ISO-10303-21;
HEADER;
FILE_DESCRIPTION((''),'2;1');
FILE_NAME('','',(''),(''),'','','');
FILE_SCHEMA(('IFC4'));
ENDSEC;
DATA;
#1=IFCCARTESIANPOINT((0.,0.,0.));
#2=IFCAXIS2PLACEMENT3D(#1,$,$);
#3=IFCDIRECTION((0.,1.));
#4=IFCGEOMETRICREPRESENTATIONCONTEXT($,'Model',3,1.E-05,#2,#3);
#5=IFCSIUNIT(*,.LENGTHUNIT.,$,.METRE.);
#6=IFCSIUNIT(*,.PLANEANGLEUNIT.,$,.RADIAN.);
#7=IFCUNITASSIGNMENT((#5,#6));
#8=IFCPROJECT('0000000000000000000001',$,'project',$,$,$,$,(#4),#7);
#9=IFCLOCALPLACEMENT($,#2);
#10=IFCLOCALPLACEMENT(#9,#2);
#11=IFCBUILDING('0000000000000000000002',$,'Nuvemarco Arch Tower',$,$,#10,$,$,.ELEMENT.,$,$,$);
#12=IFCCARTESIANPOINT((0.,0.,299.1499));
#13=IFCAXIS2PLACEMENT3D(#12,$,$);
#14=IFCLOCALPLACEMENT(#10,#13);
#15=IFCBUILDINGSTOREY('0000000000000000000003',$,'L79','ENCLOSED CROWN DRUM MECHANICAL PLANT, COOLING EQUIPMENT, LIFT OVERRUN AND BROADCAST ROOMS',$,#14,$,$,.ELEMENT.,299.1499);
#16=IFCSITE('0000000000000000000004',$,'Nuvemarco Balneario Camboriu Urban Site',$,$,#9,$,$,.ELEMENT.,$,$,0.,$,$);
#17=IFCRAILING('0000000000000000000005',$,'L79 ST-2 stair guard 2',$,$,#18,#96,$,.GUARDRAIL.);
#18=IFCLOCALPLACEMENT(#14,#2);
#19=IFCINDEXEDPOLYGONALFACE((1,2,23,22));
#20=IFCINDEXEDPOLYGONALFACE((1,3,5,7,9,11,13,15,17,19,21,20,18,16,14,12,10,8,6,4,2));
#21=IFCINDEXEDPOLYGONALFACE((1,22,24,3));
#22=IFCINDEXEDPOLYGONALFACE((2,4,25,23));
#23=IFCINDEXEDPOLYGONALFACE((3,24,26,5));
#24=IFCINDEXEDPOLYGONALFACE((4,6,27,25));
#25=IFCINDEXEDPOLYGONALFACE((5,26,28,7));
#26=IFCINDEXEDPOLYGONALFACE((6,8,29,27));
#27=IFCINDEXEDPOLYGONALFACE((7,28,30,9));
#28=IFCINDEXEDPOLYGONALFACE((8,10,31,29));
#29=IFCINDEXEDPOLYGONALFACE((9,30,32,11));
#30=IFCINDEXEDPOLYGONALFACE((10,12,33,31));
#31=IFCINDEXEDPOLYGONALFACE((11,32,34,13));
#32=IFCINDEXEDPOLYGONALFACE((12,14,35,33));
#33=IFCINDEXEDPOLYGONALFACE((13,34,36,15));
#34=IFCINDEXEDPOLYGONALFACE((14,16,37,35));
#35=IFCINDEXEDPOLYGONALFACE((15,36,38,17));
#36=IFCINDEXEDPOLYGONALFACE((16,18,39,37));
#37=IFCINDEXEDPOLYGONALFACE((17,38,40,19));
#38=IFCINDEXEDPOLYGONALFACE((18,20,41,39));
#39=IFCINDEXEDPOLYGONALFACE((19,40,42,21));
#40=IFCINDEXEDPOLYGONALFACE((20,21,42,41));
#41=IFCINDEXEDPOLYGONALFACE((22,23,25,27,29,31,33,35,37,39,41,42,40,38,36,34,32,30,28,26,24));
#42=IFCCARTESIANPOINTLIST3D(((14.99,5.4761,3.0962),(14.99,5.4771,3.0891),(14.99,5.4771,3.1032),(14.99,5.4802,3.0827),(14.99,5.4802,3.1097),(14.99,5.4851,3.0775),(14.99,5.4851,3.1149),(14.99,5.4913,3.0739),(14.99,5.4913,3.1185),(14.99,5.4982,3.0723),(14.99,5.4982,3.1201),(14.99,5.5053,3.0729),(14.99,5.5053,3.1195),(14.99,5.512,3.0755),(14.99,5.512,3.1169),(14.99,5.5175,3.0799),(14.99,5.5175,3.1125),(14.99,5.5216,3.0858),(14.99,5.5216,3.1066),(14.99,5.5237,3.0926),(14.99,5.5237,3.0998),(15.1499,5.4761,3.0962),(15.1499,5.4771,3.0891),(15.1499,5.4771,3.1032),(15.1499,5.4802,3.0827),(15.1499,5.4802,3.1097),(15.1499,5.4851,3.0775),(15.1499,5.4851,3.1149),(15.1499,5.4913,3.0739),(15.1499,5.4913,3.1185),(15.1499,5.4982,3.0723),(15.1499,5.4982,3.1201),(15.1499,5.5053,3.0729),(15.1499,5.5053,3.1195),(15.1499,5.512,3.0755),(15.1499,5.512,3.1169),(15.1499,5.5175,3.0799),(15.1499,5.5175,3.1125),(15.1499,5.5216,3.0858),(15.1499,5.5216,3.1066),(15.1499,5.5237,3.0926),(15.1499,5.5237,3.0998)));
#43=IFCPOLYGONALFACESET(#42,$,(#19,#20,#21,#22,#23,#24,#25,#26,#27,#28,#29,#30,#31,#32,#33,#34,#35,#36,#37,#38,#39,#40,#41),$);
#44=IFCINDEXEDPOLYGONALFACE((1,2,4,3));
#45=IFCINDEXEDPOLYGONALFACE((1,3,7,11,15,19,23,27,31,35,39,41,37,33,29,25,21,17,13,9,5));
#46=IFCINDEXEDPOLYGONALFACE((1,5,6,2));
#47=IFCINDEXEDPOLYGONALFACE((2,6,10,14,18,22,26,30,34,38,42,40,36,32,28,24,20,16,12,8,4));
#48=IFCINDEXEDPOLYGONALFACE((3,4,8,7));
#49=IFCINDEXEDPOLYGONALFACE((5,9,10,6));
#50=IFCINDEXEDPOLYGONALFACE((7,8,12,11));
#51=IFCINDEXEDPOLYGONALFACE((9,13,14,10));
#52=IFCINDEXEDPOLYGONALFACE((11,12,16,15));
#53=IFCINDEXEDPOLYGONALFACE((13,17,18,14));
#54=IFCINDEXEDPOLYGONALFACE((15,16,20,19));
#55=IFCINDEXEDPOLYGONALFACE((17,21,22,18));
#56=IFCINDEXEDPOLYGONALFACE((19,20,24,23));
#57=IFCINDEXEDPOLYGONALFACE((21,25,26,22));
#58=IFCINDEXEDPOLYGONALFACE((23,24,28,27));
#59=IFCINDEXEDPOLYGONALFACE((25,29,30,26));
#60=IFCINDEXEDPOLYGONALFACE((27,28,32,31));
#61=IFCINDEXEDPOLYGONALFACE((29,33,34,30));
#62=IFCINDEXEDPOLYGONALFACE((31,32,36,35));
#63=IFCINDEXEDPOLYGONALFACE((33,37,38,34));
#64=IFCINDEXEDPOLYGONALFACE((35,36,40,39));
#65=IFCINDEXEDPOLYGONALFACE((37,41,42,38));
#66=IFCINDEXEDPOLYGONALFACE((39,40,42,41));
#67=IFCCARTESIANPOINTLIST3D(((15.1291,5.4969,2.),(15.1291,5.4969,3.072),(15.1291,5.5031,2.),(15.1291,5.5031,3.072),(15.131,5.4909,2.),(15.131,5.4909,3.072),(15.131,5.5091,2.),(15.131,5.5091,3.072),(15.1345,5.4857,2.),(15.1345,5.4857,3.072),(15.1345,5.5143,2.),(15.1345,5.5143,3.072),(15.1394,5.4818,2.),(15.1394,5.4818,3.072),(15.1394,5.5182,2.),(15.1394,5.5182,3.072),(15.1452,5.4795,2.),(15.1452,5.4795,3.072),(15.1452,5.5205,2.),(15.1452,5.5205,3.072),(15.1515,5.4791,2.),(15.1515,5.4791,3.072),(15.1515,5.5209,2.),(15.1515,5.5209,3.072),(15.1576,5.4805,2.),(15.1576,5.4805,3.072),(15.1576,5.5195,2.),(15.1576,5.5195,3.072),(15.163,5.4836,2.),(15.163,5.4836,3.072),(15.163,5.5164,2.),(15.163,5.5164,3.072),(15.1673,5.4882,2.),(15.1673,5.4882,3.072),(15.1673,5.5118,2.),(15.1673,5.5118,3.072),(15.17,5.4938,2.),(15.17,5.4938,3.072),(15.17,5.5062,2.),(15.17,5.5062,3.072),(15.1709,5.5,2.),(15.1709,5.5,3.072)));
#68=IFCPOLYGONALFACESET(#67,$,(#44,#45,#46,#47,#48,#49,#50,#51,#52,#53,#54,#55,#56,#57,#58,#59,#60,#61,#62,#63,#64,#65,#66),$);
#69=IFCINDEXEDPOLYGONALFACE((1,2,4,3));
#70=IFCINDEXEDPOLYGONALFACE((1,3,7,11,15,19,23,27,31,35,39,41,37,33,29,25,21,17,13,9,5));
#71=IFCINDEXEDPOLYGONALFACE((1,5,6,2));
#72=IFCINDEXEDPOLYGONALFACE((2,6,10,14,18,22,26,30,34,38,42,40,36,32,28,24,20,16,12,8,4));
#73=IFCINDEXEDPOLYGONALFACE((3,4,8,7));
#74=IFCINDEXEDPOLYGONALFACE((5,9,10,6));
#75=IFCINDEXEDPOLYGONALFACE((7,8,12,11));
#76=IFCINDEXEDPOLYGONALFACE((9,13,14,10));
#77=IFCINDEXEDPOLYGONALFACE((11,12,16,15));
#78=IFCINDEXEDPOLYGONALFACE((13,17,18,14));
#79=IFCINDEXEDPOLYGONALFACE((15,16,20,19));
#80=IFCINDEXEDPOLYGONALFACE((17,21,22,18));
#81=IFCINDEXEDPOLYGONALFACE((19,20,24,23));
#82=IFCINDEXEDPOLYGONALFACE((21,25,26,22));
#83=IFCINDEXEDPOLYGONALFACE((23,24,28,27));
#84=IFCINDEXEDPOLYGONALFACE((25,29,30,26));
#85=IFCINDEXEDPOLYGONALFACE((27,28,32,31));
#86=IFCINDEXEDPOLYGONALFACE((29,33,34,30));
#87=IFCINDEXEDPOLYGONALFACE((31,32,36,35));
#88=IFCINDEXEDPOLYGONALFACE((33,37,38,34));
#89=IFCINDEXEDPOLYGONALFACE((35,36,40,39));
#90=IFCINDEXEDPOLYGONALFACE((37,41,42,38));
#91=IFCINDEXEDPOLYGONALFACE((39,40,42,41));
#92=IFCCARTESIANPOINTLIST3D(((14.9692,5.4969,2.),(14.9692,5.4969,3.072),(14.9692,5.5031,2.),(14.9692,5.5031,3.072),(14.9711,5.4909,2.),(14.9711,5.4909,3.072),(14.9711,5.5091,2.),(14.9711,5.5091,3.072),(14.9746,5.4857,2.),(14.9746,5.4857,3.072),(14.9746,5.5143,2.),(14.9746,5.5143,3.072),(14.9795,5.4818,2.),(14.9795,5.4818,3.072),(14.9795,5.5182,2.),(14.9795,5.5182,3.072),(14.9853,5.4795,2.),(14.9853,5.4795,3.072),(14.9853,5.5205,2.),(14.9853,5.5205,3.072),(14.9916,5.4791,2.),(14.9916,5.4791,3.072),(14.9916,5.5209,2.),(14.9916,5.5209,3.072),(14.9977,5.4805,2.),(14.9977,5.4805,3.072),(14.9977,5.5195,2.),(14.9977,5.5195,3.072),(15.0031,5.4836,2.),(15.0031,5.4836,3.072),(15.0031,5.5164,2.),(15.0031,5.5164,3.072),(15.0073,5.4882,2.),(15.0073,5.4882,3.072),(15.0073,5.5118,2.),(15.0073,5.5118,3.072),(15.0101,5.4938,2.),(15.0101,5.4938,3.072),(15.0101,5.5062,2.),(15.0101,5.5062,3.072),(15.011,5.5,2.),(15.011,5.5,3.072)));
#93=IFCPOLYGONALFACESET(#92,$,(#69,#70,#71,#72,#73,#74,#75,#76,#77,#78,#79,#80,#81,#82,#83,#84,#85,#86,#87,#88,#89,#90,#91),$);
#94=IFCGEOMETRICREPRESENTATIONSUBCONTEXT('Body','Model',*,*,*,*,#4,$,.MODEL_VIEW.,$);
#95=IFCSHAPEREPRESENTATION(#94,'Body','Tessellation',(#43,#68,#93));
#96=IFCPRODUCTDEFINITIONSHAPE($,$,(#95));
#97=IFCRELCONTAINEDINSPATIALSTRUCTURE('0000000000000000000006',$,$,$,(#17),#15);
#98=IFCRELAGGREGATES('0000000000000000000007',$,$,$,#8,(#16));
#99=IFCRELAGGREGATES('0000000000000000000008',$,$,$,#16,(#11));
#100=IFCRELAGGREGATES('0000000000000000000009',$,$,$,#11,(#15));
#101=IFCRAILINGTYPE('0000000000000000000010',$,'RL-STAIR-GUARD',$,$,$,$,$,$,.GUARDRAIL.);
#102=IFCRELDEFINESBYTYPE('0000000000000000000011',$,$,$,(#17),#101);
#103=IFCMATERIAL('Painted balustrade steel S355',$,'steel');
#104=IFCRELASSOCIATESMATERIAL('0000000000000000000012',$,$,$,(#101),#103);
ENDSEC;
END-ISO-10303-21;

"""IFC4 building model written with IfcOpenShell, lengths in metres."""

from ifc_helpers import new_model, si_unit, direction, frame, origin, origin_2d, place, context, subcontext, project, spatial, circle, extrude, material, type_object, element, save


model = new_model("IFC4")

# Units and contexts
model_context = context("Model", 3, precision=1e-05, world=origin(), true_north=direction((0.0, 1.0)))
body_context = subcontext(model_context, "Body", "Model", "MODEL_VIEW")
ifc_project = project(units=[si_unit("LENGTHUNIT", "METRE"), si_unit("PLANEANGLEUNIT", "RADIAN")], contexts=[model_context])

# Site, building, storey
site_placement = place(None, origin())
site = spatial("IfcSite", under=ifc_project, at=site_placement, Name="Nuvemarco Balneario Camboriu Urban Site", CompositionType="ELEMENT", RefElevation=0.0)
building_placement = place(site_placement, origin())
building = spatial("IfcBuilding", under=site, at=building_placement, Name="Nuvemarco Arch Tower", CompositionType="ELEMENT")
storey_placement = place(building_placement, frame((0.0, 0.0, 299.1499)))
storey = spatial("IfcBuildingStorey", under=building, at=storey_placement, Name="L79", Description="ENCLOSED CROWN DRUM MECHANICAL PLANT, COOLING EQUIPMENT, LIFT OVERRUN AND BROADCAST ROOMS", CompositionType="ELEMENT", Elevation=299.1499)

# Railing
ifc_material_1 = material(Name="Painted balustrade steel S355", Category="steel")
railing_type_1 = type_object("IfcRailingType", Name="RL-STAIR-GUARD", PredefinedType="GUARDRAIL", material=ifc_material_1)
railing_1_placement = place(storey_placement, frame((15.1499, 5.5, 2.0)))
element("IfcRailing", 1, at=railing_1_placement, inside=storey, type_object=railing_type_1, Name="L79 ST-2 stair guard 2", PredefinedType="GUARDRAIL", context=body_context, shape_type="SweptSolid", body=[
    extrude(circle(Radius=0.0239, at=origin_2d()), frame((0.0, 0.0, 1.0962), z_axis=(-1.0, 0.0, 0.0), x_axis=(0.0, -1.0, 0.0)), (0.0, 0.0, 1.0), 0.1599),
    extrude(circle(Radius=0.021, at=origin_2d()), origin(), (0.0, 0.0, 1.0), 1.072),
    extrude(circle(Radius=0.021, at=origin_2d()), frame((-0.1599, 0.0, 0.0)), (0.0, 0.0, 1.0), 1.072),
])

save(model, "model.ifc")
